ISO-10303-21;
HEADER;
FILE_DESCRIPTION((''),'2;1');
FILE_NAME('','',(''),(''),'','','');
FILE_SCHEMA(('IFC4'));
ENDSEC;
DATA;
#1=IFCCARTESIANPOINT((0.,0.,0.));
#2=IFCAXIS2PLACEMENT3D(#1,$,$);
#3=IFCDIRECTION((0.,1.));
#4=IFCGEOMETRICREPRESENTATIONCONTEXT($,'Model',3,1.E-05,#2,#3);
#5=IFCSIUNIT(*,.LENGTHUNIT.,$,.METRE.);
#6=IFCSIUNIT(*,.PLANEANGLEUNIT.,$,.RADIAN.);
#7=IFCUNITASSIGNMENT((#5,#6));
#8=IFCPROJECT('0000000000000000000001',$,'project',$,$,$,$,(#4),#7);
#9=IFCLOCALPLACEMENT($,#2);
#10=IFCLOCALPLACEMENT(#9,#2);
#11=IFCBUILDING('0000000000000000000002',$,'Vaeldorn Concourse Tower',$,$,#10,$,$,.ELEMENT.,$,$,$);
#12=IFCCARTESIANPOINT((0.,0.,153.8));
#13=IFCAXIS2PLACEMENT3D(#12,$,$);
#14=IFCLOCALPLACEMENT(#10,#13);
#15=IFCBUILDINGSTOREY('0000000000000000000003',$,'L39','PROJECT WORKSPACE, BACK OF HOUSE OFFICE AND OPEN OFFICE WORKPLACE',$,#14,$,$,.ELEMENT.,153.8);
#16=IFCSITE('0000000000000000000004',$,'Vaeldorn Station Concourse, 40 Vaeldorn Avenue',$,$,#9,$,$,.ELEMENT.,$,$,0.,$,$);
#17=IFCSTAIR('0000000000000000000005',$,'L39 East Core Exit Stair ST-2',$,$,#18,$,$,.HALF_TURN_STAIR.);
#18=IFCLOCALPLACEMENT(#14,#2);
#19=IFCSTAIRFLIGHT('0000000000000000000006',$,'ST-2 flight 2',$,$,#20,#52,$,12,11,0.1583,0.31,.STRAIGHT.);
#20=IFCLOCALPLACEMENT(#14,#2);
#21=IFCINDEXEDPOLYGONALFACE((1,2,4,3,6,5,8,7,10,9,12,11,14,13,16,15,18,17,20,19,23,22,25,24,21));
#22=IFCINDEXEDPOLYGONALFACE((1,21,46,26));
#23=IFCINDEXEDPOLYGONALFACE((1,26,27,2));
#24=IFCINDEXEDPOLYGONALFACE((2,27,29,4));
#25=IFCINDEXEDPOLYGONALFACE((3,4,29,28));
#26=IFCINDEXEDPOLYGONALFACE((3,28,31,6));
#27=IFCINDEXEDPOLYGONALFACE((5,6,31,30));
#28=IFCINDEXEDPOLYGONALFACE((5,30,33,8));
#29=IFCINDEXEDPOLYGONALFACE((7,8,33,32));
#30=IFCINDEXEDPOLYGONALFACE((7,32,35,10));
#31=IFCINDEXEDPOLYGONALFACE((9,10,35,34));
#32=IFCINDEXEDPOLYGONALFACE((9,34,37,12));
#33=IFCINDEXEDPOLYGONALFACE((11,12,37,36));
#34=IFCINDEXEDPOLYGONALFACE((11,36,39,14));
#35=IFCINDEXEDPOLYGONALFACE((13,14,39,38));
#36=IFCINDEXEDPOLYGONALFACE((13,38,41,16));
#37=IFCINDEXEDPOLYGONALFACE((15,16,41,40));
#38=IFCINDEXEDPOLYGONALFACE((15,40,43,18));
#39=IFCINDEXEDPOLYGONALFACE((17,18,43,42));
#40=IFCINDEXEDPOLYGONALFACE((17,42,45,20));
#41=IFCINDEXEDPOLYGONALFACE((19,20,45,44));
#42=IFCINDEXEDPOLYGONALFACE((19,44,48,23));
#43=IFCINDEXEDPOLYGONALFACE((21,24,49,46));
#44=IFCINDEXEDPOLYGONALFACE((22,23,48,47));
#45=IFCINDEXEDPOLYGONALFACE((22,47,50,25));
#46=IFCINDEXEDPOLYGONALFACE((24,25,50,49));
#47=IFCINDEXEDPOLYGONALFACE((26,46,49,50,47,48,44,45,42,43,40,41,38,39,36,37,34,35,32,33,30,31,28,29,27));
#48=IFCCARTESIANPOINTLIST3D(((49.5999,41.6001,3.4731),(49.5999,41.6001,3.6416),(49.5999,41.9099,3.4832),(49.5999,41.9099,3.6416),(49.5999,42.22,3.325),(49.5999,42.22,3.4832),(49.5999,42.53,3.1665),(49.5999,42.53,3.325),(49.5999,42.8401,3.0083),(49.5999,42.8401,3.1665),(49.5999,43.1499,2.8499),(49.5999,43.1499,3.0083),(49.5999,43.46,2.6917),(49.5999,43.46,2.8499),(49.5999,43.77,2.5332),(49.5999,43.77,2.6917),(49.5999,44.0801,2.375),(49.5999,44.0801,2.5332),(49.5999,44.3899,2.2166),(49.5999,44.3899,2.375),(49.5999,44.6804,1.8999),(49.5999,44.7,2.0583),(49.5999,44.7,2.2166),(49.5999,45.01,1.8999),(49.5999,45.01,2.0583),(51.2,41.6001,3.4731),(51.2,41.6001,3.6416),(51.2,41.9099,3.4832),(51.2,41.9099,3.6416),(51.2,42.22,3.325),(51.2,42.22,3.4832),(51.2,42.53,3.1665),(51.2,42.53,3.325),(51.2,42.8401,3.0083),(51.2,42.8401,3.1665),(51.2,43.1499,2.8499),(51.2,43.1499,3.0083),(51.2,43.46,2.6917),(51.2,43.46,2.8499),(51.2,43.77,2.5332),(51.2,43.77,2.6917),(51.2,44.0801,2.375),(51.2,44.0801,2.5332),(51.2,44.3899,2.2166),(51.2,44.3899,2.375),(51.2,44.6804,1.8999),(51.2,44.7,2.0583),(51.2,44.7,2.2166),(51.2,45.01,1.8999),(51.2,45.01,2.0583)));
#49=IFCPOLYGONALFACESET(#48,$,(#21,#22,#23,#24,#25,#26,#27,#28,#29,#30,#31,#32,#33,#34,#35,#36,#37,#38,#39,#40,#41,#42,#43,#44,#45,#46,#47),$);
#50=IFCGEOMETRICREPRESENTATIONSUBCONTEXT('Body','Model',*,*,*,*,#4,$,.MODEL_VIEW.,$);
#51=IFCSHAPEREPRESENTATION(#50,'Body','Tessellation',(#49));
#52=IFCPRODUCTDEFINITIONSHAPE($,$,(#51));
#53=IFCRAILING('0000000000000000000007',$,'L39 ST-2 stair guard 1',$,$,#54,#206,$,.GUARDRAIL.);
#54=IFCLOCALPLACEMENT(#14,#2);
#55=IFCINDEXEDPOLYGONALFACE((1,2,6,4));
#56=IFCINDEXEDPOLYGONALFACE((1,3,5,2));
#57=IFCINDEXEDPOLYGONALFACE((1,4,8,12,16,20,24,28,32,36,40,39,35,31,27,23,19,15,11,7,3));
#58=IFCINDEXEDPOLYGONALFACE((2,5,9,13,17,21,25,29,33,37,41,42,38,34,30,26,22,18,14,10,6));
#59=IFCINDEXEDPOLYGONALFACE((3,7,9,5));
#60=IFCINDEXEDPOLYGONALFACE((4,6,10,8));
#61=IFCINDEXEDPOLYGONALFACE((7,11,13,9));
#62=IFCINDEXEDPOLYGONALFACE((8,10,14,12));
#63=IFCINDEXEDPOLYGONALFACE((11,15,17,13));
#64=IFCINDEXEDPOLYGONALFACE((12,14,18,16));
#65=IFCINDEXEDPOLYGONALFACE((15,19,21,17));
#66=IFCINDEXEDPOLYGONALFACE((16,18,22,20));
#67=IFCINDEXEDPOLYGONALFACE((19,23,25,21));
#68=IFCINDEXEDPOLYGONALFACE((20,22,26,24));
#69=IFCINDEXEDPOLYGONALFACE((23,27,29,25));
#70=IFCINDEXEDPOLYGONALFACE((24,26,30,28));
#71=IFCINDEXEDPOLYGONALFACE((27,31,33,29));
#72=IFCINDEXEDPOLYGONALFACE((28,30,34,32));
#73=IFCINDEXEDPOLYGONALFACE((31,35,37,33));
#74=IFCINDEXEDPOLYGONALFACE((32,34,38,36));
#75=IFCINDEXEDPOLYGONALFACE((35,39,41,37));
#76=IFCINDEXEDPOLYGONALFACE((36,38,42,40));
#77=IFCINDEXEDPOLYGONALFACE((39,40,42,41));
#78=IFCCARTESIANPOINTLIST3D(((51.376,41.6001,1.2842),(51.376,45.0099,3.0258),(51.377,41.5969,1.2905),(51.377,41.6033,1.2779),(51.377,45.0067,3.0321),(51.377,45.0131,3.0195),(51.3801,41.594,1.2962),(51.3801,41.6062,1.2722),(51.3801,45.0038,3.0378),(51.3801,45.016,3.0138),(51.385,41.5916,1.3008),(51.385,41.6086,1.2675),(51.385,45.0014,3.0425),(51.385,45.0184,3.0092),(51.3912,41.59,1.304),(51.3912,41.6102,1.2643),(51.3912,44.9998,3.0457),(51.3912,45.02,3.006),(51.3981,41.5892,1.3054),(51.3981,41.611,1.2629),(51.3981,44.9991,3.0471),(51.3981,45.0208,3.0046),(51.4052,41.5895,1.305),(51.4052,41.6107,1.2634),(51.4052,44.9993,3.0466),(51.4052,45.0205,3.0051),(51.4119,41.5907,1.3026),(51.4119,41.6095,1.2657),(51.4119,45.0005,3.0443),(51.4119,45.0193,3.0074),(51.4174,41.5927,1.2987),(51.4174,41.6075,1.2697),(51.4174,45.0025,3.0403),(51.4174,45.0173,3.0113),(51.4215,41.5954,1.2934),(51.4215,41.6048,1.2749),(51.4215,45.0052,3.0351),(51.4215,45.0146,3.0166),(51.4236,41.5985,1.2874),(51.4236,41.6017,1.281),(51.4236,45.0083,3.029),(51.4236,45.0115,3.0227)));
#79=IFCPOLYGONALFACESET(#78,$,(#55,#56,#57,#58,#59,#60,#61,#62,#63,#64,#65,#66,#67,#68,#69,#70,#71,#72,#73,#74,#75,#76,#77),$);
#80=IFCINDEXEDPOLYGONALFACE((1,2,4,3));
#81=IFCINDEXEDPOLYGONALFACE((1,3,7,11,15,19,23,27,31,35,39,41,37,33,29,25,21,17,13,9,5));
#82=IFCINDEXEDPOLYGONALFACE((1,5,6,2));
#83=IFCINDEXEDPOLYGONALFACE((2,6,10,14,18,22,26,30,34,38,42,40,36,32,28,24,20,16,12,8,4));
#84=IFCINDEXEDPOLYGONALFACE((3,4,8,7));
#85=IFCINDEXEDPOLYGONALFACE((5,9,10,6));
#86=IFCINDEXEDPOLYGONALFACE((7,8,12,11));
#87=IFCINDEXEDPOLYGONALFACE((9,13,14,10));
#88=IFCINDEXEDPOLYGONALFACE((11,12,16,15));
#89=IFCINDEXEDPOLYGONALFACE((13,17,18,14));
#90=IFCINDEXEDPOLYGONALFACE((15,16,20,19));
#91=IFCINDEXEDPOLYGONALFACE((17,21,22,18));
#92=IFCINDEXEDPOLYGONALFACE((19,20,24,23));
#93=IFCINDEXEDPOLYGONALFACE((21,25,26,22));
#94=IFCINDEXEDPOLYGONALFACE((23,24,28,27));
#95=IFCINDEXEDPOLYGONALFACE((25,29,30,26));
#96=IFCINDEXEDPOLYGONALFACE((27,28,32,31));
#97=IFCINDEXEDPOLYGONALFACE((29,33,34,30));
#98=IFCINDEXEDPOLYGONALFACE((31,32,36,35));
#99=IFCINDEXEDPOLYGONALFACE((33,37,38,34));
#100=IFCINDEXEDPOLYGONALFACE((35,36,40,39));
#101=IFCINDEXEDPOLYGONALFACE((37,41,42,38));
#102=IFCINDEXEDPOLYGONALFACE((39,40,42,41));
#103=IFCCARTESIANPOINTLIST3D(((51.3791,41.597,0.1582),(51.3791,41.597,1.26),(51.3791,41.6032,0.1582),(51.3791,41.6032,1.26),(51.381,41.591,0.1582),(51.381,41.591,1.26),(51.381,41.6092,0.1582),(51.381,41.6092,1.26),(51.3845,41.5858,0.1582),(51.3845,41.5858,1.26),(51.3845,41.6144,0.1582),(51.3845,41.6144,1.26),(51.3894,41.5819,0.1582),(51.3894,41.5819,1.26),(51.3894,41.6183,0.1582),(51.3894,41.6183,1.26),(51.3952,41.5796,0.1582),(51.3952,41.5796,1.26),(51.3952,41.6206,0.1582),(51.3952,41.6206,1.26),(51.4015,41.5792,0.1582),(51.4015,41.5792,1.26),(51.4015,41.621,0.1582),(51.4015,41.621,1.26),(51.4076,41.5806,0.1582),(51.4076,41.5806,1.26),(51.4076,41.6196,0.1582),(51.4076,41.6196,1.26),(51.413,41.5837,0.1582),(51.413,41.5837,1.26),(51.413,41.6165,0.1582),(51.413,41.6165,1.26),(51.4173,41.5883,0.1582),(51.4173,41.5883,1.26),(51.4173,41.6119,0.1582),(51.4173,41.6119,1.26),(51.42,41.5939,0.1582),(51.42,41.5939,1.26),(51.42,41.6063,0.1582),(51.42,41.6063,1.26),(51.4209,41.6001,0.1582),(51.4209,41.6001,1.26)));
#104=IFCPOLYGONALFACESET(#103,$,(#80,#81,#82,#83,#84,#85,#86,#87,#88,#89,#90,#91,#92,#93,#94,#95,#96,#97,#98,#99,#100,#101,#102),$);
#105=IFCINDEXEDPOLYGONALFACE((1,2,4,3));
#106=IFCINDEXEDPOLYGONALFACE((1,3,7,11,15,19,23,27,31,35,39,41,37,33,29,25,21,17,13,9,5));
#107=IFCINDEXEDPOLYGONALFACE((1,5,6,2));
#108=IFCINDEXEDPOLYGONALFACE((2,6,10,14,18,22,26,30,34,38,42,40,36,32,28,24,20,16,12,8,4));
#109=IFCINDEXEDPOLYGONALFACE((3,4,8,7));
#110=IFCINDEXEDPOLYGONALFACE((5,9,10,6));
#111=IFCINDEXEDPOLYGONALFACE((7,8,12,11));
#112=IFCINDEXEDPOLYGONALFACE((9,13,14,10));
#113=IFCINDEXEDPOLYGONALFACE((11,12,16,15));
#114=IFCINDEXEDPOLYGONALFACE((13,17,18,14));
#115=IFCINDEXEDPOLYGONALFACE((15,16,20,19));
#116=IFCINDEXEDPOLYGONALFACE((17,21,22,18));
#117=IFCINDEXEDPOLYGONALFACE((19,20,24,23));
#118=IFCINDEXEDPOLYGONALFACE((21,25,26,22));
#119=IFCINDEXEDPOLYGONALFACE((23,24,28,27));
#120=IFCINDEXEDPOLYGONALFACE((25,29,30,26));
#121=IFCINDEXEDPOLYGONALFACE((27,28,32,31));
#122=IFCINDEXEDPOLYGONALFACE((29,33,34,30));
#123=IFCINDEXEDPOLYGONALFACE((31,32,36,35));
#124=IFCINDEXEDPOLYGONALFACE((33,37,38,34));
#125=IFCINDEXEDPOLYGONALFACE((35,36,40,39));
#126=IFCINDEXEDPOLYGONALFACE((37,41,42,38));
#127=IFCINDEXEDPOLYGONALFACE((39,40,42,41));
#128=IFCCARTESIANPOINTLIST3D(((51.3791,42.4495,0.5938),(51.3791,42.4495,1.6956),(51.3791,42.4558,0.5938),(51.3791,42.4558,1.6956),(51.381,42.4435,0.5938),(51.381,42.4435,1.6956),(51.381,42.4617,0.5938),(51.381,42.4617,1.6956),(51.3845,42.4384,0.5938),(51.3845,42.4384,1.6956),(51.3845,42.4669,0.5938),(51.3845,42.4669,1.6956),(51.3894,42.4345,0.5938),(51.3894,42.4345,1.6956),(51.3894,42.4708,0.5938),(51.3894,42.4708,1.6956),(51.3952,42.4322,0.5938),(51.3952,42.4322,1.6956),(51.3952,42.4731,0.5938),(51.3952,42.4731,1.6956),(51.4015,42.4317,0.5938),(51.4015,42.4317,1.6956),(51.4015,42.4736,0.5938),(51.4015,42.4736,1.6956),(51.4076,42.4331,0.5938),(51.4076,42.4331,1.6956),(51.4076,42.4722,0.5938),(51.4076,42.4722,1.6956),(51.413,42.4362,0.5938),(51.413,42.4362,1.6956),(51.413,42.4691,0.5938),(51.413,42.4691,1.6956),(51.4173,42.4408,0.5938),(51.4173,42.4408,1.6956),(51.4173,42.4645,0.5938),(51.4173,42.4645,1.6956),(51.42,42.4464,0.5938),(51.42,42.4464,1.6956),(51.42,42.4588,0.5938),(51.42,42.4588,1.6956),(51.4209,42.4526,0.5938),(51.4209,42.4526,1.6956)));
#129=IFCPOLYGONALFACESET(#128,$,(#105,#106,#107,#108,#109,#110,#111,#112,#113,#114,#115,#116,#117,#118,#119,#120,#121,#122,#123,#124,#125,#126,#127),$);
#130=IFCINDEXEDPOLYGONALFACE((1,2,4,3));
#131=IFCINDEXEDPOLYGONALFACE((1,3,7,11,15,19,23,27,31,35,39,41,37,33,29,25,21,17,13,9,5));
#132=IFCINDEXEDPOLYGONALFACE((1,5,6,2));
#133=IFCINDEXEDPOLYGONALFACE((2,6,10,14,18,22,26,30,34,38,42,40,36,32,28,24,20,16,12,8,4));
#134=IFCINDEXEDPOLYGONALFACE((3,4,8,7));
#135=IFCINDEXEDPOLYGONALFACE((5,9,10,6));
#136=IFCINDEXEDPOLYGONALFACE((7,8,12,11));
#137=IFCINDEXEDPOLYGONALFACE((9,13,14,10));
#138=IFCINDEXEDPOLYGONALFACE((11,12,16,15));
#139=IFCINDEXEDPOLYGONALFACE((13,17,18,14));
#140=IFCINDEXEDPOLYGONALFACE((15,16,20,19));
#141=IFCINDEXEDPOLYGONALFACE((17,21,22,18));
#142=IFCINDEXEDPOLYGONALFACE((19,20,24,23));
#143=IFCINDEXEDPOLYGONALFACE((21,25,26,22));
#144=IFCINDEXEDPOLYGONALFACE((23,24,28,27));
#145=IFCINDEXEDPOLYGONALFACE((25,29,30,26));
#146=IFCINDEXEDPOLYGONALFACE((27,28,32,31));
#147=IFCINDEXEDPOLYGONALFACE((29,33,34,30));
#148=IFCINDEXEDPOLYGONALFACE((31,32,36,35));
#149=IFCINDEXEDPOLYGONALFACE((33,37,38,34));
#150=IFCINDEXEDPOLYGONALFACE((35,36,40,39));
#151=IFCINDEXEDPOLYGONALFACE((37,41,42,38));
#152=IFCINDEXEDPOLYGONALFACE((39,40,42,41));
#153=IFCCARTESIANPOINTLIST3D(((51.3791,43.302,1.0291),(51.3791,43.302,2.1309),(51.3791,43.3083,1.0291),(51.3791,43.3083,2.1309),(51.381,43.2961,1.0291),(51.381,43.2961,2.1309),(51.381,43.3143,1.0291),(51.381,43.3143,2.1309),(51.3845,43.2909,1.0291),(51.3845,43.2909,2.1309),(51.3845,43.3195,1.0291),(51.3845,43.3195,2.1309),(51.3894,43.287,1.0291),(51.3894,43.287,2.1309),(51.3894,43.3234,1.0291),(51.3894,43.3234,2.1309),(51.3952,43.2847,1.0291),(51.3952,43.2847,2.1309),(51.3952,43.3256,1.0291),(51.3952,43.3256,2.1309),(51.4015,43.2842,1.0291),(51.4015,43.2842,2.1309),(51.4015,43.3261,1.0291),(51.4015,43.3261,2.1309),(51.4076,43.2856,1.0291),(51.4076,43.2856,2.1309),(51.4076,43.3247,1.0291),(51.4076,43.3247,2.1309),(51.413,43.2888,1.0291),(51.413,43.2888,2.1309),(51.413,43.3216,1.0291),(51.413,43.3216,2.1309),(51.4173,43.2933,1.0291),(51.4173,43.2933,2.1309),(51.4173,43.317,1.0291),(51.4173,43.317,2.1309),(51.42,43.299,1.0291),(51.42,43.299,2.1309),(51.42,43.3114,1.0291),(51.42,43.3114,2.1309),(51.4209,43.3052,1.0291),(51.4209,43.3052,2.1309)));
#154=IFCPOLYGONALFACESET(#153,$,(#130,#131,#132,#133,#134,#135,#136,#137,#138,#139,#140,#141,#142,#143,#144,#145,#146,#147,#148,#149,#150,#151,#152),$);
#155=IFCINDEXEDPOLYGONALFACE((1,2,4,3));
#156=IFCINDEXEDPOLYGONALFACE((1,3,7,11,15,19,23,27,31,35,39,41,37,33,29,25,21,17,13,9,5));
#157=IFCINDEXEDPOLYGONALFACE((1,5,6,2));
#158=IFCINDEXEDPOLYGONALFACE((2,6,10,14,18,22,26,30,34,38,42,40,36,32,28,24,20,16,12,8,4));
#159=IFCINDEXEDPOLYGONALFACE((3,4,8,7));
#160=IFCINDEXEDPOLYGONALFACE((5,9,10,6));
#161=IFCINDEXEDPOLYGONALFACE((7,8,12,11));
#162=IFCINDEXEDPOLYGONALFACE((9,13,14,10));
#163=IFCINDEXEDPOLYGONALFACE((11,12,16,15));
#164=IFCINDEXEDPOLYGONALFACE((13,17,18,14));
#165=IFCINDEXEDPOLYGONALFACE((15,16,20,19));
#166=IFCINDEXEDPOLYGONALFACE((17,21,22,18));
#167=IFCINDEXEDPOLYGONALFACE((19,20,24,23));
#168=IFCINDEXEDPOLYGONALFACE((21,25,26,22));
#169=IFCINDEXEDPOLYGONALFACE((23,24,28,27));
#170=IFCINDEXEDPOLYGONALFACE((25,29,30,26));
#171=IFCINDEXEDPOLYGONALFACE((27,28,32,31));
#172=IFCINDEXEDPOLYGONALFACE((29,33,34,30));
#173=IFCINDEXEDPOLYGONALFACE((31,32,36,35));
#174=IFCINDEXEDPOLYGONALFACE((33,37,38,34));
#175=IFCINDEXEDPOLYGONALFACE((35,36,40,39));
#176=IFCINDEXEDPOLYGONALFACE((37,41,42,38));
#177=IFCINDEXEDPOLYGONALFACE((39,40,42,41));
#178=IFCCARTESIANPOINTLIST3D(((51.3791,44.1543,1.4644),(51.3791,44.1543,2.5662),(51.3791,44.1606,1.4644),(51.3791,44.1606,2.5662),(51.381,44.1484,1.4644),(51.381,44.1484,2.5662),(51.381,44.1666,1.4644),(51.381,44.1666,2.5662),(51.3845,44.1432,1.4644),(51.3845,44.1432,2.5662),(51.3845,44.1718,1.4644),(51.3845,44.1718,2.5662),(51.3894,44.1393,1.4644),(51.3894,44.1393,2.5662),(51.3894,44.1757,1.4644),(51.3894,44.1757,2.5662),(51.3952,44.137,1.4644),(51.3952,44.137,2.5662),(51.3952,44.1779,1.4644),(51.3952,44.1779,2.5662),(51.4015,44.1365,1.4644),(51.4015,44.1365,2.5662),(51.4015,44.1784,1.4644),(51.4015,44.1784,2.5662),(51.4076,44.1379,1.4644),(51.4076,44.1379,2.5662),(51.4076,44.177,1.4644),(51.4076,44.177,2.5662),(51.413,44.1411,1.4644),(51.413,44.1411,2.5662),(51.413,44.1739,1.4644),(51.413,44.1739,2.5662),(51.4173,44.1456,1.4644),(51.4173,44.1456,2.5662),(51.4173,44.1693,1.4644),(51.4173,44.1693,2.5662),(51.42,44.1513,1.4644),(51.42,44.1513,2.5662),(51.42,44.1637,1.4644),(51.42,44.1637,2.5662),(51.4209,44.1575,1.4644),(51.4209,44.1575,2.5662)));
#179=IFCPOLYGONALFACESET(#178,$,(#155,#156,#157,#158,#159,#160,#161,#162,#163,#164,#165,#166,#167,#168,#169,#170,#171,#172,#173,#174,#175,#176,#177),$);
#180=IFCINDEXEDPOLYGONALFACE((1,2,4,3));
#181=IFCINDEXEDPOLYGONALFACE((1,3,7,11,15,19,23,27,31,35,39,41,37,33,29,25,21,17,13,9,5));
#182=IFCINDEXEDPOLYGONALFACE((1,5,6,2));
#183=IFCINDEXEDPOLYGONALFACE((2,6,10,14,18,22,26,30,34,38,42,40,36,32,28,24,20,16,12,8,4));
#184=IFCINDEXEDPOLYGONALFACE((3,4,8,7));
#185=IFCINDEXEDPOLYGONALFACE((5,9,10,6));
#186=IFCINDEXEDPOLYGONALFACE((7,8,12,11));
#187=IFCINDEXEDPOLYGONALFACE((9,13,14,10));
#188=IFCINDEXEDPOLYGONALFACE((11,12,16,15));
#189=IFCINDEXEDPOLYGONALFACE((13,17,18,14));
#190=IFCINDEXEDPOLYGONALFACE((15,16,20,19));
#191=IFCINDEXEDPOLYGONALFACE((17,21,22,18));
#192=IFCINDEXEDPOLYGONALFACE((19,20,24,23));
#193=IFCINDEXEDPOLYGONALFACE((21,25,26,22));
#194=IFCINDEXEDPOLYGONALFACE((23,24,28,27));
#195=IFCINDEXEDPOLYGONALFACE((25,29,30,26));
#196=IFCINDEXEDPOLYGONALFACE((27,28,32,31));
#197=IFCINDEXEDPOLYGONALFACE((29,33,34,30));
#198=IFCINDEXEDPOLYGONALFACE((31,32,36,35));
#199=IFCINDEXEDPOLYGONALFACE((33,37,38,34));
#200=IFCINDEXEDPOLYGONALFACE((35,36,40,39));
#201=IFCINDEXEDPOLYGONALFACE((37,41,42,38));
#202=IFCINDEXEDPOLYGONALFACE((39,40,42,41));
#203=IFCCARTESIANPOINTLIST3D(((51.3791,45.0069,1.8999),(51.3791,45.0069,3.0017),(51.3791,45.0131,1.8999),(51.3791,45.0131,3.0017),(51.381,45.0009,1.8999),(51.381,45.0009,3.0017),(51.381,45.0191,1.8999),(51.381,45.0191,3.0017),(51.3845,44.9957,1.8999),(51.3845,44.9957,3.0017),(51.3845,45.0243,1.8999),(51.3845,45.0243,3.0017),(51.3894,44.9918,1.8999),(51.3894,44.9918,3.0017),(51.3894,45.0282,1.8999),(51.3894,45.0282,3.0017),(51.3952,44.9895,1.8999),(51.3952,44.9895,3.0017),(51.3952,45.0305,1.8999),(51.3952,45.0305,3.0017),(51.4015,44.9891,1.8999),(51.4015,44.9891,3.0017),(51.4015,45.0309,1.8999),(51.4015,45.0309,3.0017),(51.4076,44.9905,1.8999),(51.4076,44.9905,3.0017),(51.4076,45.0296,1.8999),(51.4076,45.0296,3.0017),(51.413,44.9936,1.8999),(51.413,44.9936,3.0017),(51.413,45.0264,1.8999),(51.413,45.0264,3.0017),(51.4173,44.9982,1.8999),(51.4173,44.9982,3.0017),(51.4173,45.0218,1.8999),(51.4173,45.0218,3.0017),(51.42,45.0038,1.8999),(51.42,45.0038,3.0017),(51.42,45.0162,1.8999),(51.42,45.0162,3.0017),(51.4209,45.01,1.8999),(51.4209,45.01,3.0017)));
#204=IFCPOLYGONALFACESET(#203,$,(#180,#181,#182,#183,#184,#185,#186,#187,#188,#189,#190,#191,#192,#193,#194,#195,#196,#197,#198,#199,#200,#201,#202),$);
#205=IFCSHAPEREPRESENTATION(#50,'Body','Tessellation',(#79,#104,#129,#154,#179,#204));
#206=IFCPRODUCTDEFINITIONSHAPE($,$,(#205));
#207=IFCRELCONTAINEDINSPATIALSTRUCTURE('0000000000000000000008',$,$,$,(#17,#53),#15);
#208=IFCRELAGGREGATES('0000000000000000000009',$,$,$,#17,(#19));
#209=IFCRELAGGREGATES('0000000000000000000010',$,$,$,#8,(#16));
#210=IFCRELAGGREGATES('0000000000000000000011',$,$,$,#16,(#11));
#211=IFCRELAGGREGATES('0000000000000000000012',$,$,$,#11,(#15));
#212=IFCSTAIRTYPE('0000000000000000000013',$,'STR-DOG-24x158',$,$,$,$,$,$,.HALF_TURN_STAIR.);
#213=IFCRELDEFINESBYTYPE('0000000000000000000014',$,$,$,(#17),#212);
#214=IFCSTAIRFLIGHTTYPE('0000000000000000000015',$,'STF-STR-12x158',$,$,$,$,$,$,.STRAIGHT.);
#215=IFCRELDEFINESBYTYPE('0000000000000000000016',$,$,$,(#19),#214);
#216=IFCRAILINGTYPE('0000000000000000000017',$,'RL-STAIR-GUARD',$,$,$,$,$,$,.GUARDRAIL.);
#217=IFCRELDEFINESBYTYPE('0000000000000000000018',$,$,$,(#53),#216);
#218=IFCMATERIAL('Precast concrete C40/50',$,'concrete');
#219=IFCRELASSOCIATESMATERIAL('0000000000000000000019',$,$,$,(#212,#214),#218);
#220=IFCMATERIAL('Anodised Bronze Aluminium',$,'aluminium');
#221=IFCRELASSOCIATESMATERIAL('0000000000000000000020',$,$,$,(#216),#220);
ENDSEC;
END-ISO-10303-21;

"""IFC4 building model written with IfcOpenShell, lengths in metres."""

from ifc_helpers import new_model, si_unit, direction, frame, origin, origin_2d, place, context, subcontext, project, spatial, polyline, circle, outline, extrude, material, type_object, element, aggregate, save


model = new_model("IFC4")

# Units and contexts
model_context = context("Model", 3, precision=1e-05, world=origin(), true_north=direction((0.0, 1.0)))
body_context = subcontext(model_context, "Body", "Model", "MODEL_VIEW")
ifc_project = project(units=[si_unit("LENGTHUNIT", "METRE"), si_unit("PLANEANGLEUNIT", "RADIAN")], contexts=[model_context])

# Site, building, storey
site_placement = place(None, origin())
site = spatial("IfcSite", under=ifc_project, at=site_placement, Name="Vaeldorn Station Concourse, 40 Vaeldorn Avenue", CompositionType="ELEMENT", RefElevation=0.0)
building_placement = place(site_placement, origin())
building = spatial("IfcBuilding", under=site, at=building_placement, Name="Vaeldorn Concourse Tower", CompositionType="ELEMENT")
storey_placement = place(building_placement, frame((0.0, 0.0, 153.8)))
storey = spatial("IfcBuildingStorey", under=building, at=storey_placement, Name="L39", Description="PROJECT WORKSPACE, BACK OF HOUSE OFFICE AND OPEN OFFICE WORKPLACE", CompositionType="ELEMENT", Elevation=153.8)

# Shared definitions
ifc_material_1 = material(Name="Anodised Bronze Aluminium", Category="aluminium")

# Stair, stair flight
ifc_material_2 = material(Name="Precast concrete C40/50", Category="concrete")
stair_type = type_object("IfcStairType", Name="STR-DOG-24x158", PredefinedType="HALF_TURN_STAIR", material=ifc_material_2)
stair_placement = place(storey_placement, origin())
stair = element("IfcStair", 1, at=stair_placement, inside=storey, type_object=stair_type, Name="L39 East Core Exit Stair ST-2", PredefinedType="HALF_TURN_STAIR")
stair_flight_type = type_object("IfcStairFlightType", Name="STF-STR-12x158", PredefinedType="STRAIGHT", material=ifc_material_2)
stair_flight_1_placement = place(storey_placement, frame((50.3999, 45.01, 1.8999), z_axis=(0.0, 0.0, 1.0), x_axis=(0.0, -1.0, 0.0)))
stair_flight_1 = element("IfcStairFlight", 2, at=stair_flight_1_placement, type_object=stair_flight_type, Name="ST-2 flight 2", NumberOfRisers=12, NumberOfTreads=11, PredefinedType="STRAIGHT", RiserHeight=0.1583, TreadLength=0.31, context=body_context, shape_type="SweptSolid", body=[
    extrude(outline(polyline([(0.0, 0.0), (0.0, 0.1584), (0.3101, 0.1584), (0.3101, 0.3167), (0.6201, 0.3167), (0.6201, 0.4751), (0.9299, 0.4751), (0.9299, 0.6333), (1.24, 0.6333), (1.24, 0.7917), (1.55, 0.7917), (1.55, 0.95), (1.8601, 0.95), (1.8601, 1.1084), (2.1699, 1.1084), (2.1699, 1.2666), (2.48, 1.2666), (2.48, 1.425), (2.79, 1.425), (2.79, 1.5833), (3.1001, 1.5833), (3.1001, 1.7417), (3.4099, 1.7417), (3.4099, 1.8999), (3.4099, 1.5732), (0.3296, 0.0), (0.0, 0.0)])), frame((0.0, 0.8, 0.0), z_axis=(0.0, -1.0, 0.0), x_axis=(1.0, 0.0, 0.0)), (0.0, 0.0, 1.0), 1.6001),
])
aggregate(stair, [stair_flight_1])

# Railing
railing_type_1 = type_object("IfcRailingType", Name="RL-STAIR-GUARD", PredefinedType="GUARDRAIL", material=ifc_material_1)
railing_1_placement = place(storey_placement, frame((51.3999, 41.6001, 0.1582)))
element("IfcRailing", 3, at=railing_1_placement, inside=storey, type_object=railing_type_1, Name="L39 ST-2 stair guard 1", PredefinedType="GUARDRAIL", context=body_context, shape_type="SweptSolid", body=[
    extrude(circle(Radius=0.0239, at=origin_2d()), frame((0.0, 0.0, 1.126), z_axis=(0.0, 0.890556, 0.454874), x_axis=(-1.0, 0.0, 0.0)), (0.0, 0.0, 1.0), 3.8289),
    extrude(circle(Radius=0.021, at=origin_2d()), origin(), (0.0, 0.0, 1.0), 1.1018),
    extrude(circle(Radius=0.021, at=origin_2d()), frame((0.0, 0.8525, 0.4355)), (0.0, 0.0, 1.0), 1.1018),
    extrude(circle(Radius=0.021, at=origin_2d()), frame((0.0, 1.7051, 0.8708)), (0.0, 0.0, 1.0), 1.1018),
    extrude(circle(Radius=0.021, at=origin_2d()), frame((0.0, 2.5574, 1.3062)), (0.0, 0.0, 1.0), 1.1018),
    extrude(circle(Radius=0.021, at=origin_2d()), frame((0.0, 3.4099, 1.7417)), (0.0, 0.0, 1.0), 1.1018),
])

save(model, "model.ifc")
